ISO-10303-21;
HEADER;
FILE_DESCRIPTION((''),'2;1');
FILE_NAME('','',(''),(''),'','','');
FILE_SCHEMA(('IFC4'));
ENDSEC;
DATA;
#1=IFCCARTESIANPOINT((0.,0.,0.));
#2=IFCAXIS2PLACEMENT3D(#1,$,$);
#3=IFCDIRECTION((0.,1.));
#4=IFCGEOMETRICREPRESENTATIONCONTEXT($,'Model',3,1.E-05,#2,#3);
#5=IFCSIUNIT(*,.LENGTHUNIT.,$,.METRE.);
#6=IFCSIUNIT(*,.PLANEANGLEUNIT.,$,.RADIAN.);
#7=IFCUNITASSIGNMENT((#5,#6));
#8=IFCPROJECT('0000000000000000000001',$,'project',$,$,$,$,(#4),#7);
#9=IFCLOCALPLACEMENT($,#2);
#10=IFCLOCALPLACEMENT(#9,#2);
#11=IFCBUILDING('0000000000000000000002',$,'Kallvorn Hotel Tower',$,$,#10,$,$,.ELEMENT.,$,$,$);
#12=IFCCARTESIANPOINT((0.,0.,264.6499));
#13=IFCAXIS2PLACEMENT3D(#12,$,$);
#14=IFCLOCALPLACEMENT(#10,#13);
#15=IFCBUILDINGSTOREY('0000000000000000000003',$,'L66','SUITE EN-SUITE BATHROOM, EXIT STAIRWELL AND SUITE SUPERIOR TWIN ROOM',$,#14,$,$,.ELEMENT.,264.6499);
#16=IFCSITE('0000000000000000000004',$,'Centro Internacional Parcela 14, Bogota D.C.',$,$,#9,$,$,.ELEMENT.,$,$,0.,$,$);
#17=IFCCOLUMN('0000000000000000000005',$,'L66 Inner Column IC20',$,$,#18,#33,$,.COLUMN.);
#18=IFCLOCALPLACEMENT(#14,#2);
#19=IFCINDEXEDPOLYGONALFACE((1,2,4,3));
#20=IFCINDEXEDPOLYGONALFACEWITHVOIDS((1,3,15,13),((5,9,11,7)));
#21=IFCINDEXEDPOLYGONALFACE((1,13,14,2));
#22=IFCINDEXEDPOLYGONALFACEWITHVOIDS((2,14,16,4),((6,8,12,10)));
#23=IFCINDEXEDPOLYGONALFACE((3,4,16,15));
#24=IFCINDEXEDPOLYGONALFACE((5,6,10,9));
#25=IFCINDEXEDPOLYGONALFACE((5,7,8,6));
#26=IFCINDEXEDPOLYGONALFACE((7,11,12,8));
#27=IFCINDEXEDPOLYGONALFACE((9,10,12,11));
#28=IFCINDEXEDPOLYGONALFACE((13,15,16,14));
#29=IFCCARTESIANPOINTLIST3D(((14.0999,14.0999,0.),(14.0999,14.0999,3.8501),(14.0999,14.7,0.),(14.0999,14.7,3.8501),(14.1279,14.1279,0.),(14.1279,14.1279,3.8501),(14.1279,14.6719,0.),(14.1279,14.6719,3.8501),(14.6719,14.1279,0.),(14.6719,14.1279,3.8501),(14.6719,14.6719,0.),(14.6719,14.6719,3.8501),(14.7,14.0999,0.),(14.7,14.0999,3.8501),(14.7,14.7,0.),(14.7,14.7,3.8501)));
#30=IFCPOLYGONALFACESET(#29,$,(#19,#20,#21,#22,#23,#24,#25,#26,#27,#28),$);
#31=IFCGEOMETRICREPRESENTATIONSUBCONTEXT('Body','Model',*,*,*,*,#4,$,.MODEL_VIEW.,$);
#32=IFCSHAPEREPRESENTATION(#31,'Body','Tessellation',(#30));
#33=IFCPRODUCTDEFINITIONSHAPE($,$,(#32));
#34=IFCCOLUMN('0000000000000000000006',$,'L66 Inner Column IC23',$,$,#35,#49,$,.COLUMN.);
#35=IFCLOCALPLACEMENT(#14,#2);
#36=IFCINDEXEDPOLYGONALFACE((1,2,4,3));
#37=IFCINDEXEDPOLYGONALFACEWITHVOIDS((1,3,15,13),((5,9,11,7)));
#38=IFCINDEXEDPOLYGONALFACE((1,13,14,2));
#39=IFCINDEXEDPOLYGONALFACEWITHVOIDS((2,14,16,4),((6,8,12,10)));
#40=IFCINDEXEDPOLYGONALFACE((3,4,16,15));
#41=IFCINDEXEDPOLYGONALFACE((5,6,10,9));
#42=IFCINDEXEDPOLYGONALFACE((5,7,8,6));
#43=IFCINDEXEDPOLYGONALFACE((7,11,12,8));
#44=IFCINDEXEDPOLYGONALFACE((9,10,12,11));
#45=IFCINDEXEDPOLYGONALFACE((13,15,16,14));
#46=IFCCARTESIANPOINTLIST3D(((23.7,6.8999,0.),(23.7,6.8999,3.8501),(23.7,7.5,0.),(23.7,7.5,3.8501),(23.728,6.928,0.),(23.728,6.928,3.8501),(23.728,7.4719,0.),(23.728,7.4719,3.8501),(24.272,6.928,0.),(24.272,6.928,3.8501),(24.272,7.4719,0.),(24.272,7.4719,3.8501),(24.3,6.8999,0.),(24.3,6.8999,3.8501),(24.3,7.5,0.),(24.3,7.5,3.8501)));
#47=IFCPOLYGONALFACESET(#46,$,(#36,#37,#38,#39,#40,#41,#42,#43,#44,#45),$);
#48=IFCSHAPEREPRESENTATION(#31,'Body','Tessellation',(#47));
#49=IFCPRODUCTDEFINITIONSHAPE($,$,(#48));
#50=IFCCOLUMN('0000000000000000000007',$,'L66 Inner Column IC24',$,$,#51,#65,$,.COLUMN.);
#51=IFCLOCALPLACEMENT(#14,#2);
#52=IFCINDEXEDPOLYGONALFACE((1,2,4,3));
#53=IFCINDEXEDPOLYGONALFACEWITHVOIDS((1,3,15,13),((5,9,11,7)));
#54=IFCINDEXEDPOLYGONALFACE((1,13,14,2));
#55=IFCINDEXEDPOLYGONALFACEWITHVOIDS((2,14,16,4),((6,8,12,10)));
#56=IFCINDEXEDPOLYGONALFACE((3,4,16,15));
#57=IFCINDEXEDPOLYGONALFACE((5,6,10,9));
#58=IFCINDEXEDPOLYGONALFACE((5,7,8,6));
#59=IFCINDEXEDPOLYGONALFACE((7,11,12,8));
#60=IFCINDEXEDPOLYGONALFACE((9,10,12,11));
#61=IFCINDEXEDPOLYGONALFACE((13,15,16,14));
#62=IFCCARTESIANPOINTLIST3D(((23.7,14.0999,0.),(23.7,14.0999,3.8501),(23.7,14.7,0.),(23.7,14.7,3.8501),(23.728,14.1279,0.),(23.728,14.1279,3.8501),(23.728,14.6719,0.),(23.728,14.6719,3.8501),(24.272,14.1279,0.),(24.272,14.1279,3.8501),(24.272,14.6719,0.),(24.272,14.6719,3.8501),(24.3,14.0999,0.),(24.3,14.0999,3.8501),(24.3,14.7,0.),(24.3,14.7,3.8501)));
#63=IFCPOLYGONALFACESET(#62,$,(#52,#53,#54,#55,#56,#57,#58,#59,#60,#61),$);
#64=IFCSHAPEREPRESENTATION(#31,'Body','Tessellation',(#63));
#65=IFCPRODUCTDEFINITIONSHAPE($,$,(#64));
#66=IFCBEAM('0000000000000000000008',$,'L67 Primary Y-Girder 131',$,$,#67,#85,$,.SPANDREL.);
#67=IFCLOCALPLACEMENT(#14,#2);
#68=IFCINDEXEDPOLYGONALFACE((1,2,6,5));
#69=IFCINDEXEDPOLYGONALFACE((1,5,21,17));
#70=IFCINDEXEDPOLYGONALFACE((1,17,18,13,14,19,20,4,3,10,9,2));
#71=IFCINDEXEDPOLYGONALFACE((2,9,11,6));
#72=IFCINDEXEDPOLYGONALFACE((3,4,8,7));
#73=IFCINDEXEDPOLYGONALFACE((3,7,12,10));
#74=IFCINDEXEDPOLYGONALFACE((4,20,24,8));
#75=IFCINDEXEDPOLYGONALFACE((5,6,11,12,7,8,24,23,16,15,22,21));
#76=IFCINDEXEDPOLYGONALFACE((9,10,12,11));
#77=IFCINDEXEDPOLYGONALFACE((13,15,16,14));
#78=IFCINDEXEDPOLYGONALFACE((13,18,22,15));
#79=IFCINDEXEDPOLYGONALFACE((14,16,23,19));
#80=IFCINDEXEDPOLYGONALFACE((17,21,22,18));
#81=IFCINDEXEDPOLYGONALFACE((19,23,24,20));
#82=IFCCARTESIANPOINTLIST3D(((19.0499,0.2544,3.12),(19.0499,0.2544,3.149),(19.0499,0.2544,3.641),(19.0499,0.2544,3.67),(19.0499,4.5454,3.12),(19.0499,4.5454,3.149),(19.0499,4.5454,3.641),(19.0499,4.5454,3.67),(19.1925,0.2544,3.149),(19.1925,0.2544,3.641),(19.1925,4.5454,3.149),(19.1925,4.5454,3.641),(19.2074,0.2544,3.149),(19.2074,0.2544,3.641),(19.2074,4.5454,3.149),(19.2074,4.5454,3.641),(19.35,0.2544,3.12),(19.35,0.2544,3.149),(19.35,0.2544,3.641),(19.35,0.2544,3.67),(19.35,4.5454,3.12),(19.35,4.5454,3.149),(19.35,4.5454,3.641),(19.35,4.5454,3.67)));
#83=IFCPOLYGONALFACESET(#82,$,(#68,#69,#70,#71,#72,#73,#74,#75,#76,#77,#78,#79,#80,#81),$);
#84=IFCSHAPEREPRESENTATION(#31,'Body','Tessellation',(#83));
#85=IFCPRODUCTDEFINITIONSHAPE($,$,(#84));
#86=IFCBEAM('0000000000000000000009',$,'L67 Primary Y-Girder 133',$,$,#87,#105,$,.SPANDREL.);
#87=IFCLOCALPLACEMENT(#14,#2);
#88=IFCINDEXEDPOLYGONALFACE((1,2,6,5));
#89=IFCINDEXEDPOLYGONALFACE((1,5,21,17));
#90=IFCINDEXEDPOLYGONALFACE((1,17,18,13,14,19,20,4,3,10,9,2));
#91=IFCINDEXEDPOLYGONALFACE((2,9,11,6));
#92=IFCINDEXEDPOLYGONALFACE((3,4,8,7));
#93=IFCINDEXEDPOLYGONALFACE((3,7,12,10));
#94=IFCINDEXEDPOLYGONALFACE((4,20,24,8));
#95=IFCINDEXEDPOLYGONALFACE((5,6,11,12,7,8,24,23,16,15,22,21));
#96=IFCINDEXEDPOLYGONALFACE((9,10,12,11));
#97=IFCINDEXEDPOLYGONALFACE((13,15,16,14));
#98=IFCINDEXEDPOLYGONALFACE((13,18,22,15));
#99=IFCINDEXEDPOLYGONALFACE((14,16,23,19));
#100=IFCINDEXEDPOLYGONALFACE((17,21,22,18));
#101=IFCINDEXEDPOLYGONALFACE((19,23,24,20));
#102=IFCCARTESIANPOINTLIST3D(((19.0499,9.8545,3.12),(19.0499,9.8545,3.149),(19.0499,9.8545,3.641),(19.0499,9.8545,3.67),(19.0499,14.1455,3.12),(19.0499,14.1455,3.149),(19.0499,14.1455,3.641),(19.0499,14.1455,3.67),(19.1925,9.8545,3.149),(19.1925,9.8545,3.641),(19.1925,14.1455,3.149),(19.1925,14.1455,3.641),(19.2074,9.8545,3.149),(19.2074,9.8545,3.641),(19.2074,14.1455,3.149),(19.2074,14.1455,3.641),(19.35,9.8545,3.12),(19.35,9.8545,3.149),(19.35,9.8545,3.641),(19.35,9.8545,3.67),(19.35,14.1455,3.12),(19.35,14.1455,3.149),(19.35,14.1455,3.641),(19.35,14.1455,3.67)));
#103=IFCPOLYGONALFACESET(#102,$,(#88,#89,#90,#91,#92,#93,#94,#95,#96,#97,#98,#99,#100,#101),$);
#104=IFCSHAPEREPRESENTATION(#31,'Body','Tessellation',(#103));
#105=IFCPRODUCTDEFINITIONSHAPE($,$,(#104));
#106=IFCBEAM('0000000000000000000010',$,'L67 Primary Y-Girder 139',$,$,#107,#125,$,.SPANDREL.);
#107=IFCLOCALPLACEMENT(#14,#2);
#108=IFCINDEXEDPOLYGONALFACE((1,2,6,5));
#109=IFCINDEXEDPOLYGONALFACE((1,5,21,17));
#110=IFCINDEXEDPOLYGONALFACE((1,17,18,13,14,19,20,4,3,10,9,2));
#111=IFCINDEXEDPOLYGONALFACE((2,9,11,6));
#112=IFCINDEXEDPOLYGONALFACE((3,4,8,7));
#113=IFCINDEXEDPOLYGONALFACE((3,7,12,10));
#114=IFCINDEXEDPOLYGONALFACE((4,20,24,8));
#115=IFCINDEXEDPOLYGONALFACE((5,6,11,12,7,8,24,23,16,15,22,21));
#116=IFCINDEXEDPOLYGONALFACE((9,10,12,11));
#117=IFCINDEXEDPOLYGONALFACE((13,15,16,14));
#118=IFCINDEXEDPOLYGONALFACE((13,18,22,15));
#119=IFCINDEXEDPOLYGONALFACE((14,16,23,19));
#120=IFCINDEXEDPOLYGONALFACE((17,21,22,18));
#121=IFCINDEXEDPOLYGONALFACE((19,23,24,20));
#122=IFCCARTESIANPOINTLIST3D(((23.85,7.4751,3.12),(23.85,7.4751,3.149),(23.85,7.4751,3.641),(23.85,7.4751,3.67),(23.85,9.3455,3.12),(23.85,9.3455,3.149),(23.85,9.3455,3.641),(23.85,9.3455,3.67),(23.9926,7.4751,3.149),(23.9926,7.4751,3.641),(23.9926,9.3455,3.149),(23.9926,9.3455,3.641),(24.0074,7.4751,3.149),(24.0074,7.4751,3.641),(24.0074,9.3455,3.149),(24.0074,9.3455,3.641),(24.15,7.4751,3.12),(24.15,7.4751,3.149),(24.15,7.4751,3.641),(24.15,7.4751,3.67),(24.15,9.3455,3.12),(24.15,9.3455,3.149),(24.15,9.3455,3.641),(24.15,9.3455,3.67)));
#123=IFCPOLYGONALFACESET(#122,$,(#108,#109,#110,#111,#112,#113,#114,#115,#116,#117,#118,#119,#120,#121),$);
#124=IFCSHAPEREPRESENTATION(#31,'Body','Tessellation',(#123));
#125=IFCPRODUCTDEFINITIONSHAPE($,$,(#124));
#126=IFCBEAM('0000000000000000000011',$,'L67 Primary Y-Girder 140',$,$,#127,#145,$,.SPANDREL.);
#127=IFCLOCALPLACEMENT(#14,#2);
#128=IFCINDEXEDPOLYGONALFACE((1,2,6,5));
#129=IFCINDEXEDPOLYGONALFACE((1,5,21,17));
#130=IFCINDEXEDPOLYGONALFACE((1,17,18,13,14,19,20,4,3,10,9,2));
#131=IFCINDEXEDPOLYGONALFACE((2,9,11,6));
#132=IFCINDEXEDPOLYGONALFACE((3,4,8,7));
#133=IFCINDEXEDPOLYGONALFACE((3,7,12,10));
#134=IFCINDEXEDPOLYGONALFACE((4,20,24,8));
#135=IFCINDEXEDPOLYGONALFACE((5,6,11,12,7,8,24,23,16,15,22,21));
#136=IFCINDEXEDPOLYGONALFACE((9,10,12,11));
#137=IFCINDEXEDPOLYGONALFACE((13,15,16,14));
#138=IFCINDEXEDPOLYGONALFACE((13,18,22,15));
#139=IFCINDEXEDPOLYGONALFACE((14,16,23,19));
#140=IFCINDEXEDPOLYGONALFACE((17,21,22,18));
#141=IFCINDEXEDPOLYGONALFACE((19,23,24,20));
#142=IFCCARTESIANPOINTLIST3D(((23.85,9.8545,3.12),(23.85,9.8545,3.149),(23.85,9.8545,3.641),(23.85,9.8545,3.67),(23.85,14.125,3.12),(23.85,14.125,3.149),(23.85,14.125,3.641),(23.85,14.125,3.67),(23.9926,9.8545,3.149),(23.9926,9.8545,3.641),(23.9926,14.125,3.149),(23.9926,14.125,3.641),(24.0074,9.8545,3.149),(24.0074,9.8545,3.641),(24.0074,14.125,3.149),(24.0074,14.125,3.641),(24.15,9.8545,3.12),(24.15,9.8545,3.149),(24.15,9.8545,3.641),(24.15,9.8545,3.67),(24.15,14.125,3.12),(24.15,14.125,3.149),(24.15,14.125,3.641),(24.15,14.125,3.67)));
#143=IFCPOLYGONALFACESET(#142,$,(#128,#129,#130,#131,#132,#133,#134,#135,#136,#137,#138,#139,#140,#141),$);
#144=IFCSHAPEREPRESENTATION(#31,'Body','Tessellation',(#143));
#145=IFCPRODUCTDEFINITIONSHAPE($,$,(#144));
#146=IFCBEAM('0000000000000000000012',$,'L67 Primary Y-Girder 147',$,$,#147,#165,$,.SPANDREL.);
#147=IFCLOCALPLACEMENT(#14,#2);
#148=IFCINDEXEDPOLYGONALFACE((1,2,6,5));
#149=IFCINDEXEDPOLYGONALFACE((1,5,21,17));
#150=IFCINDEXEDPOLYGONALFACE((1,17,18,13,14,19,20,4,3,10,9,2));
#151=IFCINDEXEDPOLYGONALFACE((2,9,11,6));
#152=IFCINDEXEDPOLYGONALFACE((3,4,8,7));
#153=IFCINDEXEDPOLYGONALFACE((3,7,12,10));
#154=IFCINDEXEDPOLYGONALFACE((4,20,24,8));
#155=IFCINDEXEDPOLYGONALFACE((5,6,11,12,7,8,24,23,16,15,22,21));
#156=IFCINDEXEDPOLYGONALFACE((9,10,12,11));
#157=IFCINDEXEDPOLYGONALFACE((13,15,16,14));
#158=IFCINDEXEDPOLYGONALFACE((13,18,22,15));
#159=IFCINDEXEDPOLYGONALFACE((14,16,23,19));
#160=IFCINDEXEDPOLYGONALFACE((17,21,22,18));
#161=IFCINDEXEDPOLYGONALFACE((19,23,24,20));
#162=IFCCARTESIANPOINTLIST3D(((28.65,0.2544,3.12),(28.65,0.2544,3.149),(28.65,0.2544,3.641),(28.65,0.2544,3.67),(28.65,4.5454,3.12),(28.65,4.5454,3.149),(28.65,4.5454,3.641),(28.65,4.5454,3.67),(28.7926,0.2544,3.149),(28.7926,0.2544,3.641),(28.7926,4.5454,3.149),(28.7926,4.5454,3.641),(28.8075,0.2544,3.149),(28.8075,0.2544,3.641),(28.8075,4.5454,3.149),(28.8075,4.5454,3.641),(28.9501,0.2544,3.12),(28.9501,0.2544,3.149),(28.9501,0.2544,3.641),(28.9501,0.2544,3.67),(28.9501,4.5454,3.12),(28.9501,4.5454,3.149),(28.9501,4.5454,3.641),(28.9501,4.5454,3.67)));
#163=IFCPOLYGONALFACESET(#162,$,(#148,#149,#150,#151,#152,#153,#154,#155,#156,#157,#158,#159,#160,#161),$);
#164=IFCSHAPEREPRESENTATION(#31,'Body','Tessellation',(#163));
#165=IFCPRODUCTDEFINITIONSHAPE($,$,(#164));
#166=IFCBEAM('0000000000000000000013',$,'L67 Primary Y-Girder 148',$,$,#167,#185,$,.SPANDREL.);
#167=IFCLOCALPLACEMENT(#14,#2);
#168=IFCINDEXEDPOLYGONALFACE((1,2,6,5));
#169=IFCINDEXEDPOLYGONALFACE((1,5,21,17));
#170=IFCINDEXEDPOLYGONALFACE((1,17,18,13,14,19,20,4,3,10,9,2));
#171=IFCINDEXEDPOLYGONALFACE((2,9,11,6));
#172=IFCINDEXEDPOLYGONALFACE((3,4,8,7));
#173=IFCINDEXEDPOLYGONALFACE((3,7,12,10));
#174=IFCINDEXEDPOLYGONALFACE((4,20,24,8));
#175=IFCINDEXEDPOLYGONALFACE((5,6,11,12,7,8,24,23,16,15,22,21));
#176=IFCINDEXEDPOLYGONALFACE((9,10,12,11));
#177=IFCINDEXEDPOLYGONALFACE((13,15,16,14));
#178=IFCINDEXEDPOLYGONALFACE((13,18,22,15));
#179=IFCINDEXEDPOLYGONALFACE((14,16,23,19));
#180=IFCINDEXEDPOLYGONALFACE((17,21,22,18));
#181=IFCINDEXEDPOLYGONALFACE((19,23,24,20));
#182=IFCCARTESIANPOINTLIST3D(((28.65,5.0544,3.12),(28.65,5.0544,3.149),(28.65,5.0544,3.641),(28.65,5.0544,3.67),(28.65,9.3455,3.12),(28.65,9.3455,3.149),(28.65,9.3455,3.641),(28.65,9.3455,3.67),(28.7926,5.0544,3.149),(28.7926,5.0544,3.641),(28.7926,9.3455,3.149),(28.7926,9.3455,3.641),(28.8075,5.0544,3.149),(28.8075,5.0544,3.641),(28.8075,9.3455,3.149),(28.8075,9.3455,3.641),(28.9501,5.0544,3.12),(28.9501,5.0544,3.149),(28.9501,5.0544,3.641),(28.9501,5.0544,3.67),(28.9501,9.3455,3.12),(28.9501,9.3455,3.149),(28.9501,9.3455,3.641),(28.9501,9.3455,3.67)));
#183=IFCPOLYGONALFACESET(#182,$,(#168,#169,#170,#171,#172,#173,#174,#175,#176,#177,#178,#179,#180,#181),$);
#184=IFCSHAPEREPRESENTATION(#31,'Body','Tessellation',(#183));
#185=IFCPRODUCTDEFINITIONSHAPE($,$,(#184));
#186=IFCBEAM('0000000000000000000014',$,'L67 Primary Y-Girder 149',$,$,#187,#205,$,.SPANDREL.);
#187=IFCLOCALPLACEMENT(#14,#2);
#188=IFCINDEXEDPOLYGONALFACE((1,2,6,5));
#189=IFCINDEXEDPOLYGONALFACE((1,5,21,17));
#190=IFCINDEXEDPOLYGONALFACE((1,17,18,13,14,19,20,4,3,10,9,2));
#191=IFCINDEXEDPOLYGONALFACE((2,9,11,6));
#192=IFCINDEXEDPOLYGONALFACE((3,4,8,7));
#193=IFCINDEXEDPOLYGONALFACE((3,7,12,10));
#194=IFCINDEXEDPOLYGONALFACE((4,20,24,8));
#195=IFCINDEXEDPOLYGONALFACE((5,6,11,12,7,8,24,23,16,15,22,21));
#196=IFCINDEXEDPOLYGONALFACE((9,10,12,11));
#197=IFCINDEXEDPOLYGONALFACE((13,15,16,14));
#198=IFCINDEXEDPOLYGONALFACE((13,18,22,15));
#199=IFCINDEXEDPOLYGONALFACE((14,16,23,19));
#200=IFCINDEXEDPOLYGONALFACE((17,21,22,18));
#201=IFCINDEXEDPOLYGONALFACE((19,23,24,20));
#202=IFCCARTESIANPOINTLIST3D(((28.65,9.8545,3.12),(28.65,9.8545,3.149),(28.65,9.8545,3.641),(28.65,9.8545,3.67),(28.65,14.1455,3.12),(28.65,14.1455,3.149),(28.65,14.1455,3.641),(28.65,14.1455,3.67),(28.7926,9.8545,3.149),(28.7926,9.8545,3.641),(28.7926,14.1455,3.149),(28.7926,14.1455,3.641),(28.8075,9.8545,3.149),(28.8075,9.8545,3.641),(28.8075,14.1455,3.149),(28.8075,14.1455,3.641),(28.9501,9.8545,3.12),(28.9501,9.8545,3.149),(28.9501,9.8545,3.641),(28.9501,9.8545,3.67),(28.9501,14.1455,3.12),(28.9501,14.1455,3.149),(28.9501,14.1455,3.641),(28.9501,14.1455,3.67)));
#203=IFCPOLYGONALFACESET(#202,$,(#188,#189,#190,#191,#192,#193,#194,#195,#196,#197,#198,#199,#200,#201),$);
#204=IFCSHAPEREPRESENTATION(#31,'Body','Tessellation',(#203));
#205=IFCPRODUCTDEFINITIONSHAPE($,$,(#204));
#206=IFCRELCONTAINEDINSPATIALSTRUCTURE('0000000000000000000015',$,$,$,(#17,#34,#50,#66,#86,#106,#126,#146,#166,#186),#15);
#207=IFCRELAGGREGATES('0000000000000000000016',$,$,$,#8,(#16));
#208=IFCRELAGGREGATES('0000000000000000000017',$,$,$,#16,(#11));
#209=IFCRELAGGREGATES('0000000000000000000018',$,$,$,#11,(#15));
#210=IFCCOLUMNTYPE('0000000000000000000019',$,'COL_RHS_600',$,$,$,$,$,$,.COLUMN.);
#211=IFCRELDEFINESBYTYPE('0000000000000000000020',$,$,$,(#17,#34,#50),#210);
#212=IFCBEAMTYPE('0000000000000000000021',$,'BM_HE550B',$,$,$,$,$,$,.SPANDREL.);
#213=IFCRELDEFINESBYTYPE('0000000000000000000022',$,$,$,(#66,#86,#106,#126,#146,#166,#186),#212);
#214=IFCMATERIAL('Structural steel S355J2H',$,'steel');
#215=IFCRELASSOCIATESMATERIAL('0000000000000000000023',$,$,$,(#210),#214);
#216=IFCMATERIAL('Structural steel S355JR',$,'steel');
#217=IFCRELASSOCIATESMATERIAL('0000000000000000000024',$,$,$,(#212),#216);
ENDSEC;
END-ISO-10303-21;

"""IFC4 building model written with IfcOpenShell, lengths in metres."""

from ifc_helpers import new_model, si_unit, direction, frame, origin, origin_2d, place, context, subcontext, project, spatial, hollow_rectangle, i_section, extrude, material, material_profile, profile_set, type_object, element, save


model = new_model("IFC4")

# Units and contexts
model_context = context("Model", 3, precision=1e-05, world=origin(), true_north=direction((0.0, 1.0)))
body_context = subcontext(model_context, "Body", "Model", "MODEL_VIEW")
ifc_project = project(units=[si_unit("LENGTHUNIT", "METRE"), si_unit("PLANEANGLEUNIT", "RADIAN")], contexts=[model_context])

# Site, building, storey
site_placement = place(None, origin())
site = spatial("IfcSite", under=ifc_project, at=site_placement, Name="Centro Internacional Parcela 14, Bogota D.C.", CompositionType="ELEMENT", RefElevation=0.0)
building_placement = place(site_placement, origin())
building = spatial("IfcBuilding", under=site, at=building_placement, Name="Kallvorn Hotel Tower", CompositionType="ELEMENT")
storey_placement = place(building_placement, frame((0.0, 0.0, 264.6499)))
storey = spatial("IfcBuildingStorey", under=building, at=storey_placement, Name="L66", Description="SUITE EN-SUITE BATHROOM, EXIT STAIRWELL AND SUITE SUPERIOR TWIN ROOM", CompositionType="ELEMENT", Elevation=264.6499)

# Columns
ifc_material_1 = material(Name="Structural steel S355J2H", Category="steel")
ifc_material_profile_1 = material_profile(ifc_material_1, hollow_rectangle(XDim=0.6001, YDim=0.6001, WallThickness=0.0281, at=origin_2d()), Name="RHS 600x600x28")
ifc_profile_set_1 = profile_set([ifc_material_profile_1], Name="Structural steel S355J2H")
column_type_1 = type_object("IfcColumnType", Name="COL_RHS_600", PredefinedType="COLUMN", material=ifc_profile_set_1)
for number, where, z_axis, x_axis, name in (
    (1, (14.3999, 14.3999, 0.0), (0.0, 0.0, 1.0), (1.0, 0.0, 0.0), "L66 Inner Column IC20"),
    (2, (24.0, 7.2, 0.0), (0.0, 0.0, 1.0), (1.0, 0.0, 0.0), "L66 Inner Column IC23"),
    (3, (24.0, 14.3999, 0.0), (0.0, 0.0, 1.0), (1.0, 0.0, 0.0), "L66 Inner Column IC24"),
):
    element("IfcColumn", number, at=place(storey_placement, frame(where, z_axis=z_axis, x_axis=x_axis)), inside=storey, type_object=column_type_1, Name=name, PredefinedType="COLUMN", context=body_context, shape_type="SweptSolid", body=[
        extrude(hollow_rectangle(XDim=0.6001, YDim=0.6001, WallThickness=0.0281, at=origin_2d()), origin(), (0.0, 0.0, 1.0), 3.8501),
    ])

# Beams
ifc_material_2 = material(Name="Structural steel S355JR", Category="steel")
ifc_material_profile_2 = material_profile(ifc_material_2, i_section(OverallWidth=0.3, OverallDepth=0.55, WebThickness=0.0149, FlangeThickness=0.0291, at=origin_2d()), Name="HE 550 B")
ifc_profile_set_2 = profile_set([ifc_material_profile_2], Name="Structural steel S355JR")
beam_type_1 = type_object("IfcBeamType", Name="BM_HE550B", PredefinedType="SPANDREL", material=ifc_profile_set_2)
for number, where, z_axis, x_axis, name in (
    (4, (19.2, 0.2544, 3.395), (0.0, 1.0, 0.0), (-1.0, 0.0, 0.0), "L67 Primary Y-Girder 131"),
    (5, (19.2, 9.8545, 3.395), (0.0, 1.0, 0.0), (-1.0, 0.0, 0.0), "L67 Primary Y-Girder 133"),
):
    element("IfcBeam", number, at=place(storey_placement, frame(where, z_axis=z_axis, x_axis=x_axis)), inside=storey, type_object=beam_type_1, Name=name, PredefinedType="SPANDREL", context=body_context, shape_type="SweptSolid", body=[
        extrude(i_section(OverallWidth=0.3, OverallDepth=0.55, WebThickness=0.0149, FlangeThickness=0.0291, at=origin_2d()), origin(), (0.0, 0.0, 1.0), 4.291),
    ])
beam_1_placement = place(storey_placement, frame((24.0, 7.4751, 3.395), z_axis=(0.0, 1.0, 0.0), x_axis=(-1.0, 0.0, 0.0)))
element("IfcBeam", 6, at=beam_1_placement, inside=storey, type_object=beam_type_1, Name="L67 Primary Y-Girder 139", PredefinedType="SPANDREL", context=body_context, shape_type="SweptSolid", body=[
    extrude(i_section(OverallWidth=0.3, OverallDepth=0.55, WebThickness=0.0149, FlangeThickness=0.0291, at=origin_2d()), origin(), (0.0, 0.0, 1.0), 1.8704),
])
beam_2_placement = place(storey_placement, frame((24.0, 9.8545, 3.395), z_axis=(0.0, 1.0, 0.0), x_axis=(-1.0, 0.0, 0.0)))
element("IfcBeam", 7, at=beam_2_placement, inside=storey, type_object=beam_type_1, Name="L67 Primary Y-Girder 140", PredefinedType="SPANDREL", context=body_context, shape_type="SweptSolid", body=[
    extrude(i_section(OverallWidth=0.3, OverallDepth=0.55, WebThickness=0.0149, FlangeThickness=0.0291, at=origin_2d()), origin(), (0.0, 0.0, 1.0), 4.2705),
])
for number, where, z_axis, x_axis, name in (
    (8, (28.8, 0.2544, 3.395), (0.0, 1.0, 0.0), (-1.0, 0.0, 0.0), "L67 Primary Y-Girder 147"),
    (9, (28.8, 5.0544, 3.395), (0.0, 1.0, 0.0), (-1.0, 0.0, 0.0), "L67 Primary Y-Girder 148"),
    (10, (28.8, 9.8545, 3.395), (0.0, 1.0, 0.0), (-1.0, 0.0, 0.0), "L67 Primary Y-Girder 149"),
):
    element("IfcBeam", number, at=place(storey_placement, frame(where, z_axis=z_axis, x_axis=x_axis)), inside=storey, type_object=beam_type_1, Name=name, PredefinedType="SPANDREL", context=body_context, shape_type="SweptSolid", body=[
        extrude(i_section(OverallWidth=0.3, OverallDepth=0.55, WebThickness=0.0149, FlangeThickness=0.0291, at=origin_2d()), origin(), (0.0, 0.0, 1.0), 4.291),
    ])

save(model, "model.ifc")
